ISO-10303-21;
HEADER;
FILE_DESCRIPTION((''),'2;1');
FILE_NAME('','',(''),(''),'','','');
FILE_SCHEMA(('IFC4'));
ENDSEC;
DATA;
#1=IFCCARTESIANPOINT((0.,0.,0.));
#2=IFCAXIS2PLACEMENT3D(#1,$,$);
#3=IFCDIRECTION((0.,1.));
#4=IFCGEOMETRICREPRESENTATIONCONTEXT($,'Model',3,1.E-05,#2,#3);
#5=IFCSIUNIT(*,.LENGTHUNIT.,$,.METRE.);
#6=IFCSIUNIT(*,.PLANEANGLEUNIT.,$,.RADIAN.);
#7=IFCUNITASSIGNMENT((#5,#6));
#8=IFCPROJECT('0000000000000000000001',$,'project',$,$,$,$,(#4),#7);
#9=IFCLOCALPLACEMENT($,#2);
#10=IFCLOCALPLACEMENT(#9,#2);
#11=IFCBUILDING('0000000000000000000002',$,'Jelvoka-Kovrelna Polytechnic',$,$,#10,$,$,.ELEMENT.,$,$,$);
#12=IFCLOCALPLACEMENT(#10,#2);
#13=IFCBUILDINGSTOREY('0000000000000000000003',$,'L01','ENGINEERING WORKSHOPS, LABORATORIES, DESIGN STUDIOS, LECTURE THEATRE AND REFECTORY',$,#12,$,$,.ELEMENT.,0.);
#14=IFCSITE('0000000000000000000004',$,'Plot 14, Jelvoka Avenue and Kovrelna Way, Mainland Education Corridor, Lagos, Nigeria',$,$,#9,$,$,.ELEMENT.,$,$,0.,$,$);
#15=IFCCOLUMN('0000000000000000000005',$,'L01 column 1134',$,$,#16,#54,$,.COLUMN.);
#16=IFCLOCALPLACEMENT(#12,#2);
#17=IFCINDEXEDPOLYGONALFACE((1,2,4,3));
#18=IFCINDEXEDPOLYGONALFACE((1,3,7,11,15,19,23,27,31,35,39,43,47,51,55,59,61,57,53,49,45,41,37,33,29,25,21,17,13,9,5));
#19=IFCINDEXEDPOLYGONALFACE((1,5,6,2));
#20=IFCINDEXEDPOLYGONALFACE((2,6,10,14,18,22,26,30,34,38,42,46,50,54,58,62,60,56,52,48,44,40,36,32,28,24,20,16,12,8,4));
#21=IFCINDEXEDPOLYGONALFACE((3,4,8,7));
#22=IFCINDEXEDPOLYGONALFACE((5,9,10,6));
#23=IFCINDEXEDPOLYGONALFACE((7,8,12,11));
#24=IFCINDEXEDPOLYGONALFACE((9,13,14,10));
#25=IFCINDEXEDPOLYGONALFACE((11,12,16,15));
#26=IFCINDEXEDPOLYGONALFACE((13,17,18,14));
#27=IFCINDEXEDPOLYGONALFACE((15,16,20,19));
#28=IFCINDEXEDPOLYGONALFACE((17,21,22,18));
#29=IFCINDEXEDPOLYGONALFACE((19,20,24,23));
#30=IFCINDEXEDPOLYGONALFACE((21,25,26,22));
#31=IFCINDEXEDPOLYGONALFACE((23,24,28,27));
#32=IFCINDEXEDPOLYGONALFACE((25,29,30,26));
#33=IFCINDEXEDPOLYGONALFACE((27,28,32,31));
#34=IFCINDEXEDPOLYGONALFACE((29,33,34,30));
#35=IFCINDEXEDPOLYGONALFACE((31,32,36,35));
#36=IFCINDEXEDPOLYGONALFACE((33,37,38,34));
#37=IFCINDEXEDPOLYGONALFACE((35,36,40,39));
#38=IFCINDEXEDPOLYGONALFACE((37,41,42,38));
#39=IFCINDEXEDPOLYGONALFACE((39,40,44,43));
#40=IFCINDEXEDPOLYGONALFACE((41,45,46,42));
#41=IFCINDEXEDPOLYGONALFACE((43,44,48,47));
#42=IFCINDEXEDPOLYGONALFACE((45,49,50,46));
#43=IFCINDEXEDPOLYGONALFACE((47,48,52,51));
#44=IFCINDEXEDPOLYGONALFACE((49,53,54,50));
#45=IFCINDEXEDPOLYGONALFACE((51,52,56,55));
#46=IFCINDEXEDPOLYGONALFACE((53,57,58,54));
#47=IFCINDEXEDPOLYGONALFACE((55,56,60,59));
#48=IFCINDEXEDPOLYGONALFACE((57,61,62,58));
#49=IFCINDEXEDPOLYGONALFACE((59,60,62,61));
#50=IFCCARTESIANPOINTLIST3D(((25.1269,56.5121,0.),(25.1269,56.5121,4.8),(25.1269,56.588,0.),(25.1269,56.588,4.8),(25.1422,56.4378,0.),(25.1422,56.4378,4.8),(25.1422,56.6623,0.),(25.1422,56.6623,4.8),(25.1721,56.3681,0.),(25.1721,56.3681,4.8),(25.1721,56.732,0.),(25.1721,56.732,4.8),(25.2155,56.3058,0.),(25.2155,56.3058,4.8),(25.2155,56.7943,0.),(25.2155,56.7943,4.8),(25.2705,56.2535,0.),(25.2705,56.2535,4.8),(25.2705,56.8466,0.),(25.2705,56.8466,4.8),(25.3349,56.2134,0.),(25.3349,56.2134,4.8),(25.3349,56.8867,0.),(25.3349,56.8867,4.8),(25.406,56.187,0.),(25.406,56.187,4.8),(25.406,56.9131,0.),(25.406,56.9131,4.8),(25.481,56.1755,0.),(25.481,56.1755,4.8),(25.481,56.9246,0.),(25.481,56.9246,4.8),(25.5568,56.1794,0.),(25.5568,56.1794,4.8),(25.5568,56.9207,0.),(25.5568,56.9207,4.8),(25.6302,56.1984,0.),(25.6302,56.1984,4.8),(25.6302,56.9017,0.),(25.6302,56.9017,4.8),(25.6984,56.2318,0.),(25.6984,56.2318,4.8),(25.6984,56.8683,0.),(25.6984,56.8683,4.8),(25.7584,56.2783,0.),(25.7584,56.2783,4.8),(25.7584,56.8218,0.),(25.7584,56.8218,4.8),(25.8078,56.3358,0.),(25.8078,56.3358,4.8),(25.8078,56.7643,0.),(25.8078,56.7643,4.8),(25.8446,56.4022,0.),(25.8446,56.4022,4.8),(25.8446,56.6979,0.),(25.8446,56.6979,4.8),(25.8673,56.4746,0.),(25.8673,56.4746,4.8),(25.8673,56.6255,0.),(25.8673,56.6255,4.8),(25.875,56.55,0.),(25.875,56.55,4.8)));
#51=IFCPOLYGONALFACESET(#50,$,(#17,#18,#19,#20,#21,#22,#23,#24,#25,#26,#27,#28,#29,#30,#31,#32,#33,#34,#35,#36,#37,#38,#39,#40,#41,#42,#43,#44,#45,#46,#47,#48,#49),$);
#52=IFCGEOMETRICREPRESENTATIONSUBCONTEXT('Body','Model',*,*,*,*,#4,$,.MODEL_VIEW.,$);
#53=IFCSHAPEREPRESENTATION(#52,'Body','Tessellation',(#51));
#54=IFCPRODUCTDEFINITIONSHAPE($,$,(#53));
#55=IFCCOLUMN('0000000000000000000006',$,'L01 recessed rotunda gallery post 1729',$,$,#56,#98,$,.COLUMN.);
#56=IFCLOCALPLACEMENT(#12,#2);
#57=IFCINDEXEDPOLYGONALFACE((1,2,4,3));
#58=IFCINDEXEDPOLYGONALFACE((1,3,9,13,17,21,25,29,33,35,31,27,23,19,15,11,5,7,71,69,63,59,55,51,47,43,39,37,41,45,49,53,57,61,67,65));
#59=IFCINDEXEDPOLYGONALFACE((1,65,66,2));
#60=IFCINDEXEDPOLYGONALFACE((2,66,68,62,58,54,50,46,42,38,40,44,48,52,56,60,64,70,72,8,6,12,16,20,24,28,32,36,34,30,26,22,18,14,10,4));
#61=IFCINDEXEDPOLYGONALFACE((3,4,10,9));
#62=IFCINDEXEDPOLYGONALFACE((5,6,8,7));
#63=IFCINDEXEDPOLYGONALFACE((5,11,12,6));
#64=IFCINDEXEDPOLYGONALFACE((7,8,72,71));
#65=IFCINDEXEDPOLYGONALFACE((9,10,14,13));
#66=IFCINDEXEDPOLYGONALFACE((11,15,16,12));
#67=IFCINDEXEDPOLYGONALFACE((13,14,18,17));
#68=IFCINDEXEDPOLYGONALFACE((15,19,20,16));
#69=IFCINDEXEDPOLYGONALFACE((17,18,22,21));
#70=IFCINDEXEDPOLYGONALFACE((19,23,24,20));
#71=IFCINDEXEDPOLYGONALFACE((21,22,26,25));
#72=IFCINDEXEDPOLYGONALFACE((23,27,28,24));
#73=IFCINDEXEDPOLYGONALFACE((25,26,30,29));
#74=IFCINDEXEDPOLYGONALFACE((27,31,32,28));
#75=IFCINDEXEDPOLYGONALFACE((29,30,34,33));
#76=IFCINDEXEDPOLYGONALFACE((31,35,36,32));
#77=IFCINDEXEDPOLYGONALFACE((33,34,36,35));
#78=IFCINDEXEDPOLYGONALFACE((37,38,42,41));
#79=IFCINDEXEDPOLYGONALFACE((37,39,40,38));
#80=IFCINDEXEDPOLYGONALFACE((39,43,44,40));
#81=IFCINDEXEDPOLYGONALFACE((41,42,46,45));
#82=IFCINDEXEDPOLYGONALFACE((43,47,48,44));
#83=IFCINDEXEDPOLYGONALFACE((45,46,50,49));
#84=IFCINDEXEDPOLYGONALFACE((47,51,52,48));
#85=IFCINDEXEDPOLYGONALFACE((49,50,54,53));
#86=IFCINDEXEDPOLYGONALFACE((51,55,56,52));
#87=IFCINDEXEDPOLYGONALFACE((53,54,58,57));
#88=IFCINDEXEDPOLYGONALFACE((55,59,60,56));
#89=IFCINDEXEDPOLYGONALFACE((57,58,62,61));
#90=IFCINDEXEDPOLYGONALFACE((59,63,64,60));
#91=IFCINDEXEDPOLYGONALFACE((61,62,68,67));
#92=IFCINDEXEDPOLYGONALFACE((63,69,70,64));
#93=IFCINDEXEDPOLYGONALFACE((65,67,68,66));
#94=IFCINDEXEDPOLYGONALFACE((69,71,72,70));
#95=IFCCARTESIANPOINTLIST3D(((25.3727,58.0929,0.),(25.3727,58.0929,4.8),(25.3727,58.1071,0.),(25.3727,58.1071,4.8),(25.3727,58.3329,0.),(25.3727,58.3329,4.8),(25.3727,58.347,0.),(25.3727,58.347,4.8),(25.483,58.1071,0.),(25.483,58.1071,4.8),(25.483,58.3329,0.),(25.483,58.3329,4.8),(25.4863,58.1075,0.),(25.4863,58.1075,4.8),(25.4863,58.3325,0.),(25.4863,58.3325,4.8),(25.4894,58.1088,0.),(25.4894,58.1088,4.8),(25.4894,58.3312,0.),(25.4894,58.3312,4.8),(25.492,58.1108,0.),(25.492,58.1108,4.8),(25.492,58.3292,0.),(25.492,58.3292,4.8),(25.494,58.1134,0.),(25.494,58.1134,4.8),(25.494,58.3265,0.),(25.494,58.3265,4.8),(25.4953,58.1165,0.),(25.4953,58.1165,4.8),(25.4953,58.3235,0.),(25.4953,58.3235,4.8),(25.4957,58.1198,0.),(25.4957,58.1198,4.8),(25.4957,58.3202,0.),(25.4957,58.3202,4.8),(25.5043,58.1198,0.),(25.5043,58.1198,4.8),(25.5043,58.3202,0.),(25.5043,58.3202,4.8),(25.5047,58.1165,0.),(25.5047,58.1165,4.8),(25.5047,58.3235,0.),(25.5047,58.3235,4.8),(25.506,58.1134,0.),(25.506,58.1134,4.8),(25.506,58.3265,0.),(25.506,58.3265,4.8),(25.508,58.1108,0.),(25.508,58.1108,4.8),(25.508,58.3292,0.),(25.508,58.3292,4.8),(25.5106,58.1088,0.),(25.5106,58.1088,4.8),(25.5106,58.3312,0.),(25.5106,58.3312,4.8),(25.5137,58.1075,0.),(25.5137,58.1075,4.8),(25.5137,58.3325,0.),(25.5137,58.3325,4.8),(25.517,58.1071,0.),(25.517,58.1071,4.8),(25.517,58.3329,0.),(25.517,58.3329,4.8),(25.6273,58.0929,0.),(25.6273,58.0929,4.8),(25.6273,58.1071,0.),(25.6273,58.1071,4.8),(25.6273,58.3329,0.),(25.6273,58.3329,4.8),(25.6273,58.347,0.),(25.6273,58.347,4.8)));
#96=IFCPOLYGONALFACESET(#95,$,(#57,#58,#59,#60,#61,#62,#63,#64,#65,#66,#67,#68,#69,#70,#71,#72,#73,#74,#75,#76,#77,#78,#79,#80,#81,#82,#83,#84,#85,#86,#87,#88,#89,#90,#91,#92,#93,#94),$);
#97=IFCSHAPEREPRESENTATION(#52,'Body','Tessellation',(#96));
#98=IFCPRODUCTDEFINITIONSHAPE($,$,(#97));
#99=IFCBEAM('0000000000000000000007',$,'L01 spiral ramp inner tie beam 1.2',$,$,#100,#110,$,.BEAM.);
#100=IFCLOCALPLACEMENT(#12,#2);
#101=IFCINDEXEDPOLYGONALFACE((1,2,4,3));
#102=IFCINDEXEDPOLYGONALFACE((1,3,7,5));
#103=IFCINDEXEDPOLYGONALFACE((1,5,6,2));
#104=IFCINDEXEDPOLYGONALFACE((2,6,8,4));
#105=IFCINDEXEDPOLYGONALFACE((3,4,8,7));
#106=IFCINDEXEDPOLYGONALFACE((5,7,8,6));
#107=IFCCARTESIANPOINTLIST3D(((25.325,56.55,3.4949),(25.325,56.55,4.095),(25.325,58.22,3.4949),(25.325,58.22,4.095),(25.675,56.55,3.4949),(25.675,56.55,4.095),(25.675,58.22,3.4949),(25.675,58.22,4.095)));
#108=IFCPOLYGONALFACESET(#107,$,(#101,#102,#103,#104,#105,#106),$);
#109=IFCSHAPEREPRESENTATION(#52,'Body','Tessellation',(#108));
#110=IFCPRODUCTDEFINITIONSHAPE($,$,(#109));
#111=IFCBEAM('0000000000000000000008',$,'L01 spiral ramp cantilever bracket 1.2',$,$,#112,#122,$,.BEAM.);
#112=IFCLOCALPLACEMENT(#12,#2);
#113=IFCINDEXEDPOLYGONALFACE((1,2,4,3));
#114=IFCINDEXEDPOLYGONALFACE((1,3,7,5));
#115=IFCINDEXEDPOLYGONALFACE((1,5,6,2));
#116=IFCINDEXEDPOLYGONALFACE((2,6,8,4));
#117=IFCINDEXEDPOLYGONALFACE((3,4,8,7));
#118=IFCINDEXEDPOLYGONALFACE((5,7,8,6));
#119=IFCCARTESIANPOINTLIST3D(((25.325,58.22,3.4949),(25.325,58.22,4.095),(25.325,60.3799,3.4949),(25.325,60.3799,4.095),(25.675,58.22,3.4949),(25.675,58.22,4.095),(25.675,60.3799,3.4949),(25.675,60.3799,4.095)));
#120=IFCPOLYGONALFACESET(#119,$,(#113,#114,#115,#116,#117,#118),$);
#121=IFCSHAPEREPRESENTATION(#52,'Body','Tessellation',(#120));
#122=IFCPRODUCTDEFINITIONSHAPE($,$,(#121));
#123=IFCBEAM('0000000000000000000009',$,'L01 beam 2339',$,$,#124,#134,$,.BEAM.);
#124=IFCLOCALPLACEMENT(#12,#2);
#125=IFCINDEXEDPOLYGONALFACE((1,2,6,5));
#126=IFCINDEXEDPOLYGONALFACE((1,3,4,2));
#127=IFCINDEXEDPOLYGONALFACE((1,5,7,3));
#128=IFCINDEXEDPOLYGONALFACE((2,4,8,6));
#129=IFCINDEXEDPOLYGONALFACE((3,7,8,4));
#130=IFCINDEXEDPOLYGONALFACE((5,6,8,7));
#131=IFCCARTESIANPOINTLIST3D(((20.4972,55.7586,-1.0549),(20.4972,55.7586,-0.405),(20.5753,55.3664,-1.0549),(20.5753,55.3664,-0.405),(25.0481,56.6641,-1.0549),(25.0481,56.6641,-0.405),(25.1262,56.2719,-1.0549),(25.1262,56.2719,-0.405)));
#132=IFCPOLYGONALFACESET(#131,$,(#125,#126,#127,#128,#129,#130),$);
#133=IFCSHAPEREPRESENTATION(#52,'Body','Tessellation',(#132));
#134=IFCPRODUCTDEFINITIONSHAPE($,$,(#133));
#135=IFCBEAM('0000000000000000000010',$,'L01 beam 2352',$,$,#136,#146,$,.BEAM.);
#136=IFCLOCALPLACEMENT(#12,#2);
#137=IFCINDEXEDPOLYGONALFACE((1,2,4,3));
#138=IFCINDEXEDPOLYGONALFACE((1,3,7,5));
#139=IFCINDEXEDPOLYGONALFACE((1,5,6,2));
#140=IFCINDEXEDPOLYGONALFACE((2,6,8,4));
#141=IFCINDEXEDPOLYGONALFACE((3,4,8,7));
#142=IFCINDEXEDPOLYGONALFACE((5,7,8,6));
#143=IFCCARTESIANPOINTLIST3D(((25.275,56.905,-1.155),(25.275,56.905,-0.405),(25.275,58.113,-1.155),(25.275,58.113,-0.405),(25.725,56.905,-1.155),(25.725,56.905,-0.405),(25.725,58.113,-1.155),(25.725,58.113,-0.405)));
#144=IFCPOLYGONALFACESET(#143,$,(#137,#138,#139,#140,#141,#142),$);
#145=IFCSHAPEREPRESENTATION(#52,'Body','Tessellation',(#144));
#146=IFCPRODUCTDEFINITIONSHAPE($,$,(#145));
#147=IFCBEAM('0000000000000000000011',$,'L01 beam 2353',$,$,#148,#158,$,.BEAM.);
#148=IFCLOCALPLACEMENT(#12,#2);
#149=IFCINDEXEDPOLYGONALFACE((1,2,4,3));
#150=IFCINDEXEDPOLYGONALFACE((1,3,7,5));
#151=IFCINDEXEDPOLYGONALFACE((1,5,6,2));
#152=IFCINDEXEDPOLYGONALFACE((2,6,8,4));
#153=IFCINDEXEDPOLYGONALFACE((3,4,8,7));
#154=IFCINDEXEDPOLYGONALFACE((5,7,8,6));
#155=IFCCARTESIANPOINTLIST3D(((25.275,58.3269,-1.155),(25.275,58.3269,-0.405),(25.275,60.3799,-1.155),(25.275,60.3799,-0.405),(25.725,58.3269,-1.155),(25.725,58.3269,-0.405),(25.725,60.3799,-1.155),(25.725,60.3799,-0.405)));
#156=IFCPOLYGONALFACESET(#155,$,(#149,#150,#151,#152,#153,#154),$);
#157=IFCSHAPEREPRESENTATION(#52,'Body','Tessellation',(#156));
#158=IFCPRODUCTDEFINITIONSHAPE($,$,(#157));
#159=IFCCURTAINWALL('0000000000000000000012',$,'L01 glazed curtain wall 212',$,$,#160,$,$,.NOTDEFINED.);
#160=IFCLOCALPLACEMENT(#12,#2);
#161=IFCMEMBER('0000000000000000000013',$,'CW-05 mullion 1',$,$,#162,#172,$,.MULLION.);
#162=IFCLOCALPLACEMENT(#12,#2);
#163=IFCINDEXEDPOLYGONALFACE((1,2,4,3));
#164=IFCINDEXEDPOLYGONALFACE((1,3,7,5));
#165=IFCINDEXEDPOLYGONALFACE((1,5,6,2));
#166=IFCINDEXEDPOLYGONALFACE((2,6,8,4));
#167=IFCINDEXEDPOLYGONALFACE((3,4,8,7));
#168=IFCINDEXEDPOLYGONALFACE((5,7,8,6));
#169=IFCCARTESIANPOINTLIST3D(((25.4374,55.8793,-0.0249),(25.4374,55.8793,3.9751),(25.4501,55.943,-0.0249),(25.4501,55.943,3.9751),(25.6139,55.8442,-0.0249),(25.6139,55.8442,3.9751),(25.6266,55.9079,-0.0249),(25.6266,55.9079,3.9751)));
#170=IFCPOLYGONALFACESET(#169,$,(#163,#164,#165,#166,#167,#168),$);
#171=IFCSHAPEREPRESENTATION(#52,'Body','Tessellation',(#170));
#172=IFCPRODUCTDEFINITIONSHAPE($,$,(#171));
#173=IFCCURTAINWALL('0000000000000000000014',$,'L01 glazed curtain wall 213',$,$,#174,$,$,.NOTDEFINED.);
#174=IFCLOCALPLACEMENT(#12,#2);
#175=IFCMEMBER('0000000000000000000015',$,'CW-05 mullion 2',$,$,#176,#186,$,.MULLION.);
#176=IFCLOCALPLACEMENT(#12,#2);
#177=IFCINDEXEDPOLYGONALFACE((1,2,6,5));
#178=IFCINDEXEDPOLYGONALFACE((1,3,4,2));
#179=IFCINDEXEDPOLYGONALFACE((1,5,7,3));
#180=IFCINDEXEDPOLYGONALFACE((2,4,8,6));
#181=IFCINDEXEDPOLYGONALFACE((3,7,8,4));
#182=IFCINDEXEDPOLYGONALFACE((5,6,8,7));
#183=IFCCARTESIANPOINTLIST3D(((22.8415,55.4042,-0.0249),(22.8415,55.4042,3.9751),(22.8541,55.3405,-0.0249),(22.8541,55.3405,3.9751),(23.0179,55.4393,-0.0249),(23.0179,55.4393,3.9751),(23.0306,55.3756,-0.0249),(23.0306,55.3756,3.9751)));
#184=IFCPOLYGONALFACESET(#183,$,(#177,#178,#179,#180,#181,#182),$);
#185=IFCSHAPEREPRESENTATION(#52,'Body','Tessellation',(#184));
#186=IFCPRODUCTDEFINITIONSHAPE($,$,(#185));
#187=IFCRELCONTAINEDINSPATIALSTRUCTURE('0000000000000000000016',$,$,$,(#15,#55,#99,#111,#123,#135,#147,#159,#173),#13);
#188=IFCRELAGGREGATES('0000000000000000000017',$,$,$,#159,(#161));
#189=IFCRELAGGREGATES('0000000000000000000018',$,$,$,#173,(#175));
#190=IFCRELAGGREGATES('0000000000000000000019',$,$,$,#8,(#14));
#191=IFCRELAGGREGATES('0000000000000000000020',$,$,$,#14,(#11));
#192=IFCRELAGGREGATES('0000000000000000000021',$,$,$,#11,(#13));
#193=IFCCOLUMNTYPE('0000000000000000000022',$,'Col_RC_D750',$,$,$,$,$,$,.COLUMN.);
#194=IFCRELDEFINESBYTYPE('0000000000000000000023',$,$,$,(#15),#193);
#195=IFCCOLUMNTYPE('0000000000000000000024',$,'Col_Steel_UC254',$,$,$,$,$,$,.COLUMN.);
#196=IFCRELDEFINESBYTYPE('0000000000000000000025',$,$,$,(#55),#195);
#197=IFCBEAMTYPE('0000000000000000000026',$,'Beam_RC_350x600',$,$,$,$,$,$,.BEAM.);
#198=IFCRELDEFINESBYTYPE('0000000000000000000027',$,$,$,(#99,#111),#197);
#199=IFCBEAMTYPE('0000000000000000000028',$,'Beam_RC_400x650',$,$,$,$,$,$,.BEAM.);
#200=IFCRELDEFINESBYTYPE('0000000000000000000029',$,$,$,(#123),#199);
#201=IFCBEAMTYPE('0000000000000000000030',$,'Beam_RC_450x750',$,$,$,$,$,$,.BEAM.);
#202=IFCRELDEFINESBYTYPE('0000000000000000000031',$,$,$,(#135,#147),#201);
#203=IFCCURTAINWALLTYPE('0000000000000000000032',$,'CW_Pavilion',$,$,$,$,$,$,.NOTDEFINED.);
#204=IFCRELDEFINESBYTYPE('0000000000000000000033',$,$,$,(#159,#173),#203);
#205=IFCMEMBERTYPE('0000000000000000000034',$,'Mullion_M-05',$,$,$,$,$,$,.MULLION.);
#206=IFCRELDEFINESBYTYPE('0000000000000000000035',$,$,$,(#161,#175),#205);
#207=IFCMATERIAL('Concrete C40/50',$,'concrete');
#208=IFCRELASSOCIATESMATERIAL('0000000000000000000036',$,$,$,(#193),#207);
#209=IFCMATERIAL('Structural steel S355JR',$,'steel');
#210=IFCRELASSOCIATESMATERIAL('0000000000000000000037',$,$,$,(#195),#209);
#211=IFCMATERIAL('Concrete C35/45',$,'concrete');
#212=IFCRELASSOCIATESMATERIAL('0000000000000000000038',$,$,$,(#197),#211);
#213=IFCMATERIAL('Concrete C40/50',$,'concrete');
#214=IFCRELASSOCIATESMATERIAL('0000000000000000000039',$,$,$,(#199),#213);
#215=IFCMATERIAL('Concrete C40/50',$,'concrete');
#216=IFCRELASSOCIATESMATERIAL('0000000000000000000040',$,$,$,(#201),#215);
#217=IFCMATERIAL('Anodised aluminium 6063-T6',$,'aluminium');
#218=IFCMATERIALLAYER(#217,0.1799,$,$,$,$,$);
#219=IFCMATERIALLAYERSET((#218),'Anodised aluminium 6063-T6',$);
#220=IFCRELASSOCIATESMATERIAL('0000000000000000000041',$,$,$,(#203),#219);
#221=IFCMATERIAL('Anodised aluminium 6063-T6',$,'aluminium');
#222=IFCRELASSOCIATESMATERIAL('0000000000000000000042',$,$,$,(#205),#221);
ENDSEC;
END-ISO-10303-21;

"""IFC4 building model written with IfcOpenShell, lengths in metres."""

from ifc_helpers import new_model, si_unit, direction, frame, origin, origin_2d, place, context, subcontext, project, spatial, rectangle, circle, i_section, extrude, material, layer, layer_set, material_profile, profile_set, type_object, element, aggregate, save


model = new_model("IFC4")

# Units and contexts
model_context = context("Model", 3, precision=1e-05, world=origin(), true_north=direction((0.0, 1.0)))
body_context = subcontext(model_context, "Body", "Model", "MODEL_VIEW")
ifc_project = project(units=[si_unit("LENGTHUNIT", "METRE"), si_unit("PLANEANGLEUNIT", "RADIAN")], contexts=[model_context])

# Site, building, storey
site_placement = place(None, origin())
site = spatial("IfcSite", under=ifc_project, at=site_placement, Name="Plot 14, Jelvoka Avenue and Kovrelna Way, Mainland Education Corridor, Lagos, Nigeria", CompositionType="ELEMENT", RefElevation=0.0)
building_placement = place(site_placement, origin())
building = spatial("IfcBuilding", under=site, at=building_placement, Name="Jelvoka-Kovrelna Polytechnic", CompositionType="ELEMENT")
storey_placement = place(building_placement, origin())
storey = spatial("IfcBuildingStorey", under=building, at=storey_placement, Name="L01", Description="ENGINEERING WORKSHOPS, LABORATORIES, DESIGN STUDIOS, LECTURE THEATRE AND REFECTORY", CompositionType="ELEMENT", Elevation=0.0)

# Columns
ifc_material_1 = material(Name="Concrete C40/50", Category="concrete")
ifc_material_profile_1 = material_profile(ifc_material_1, circle(Radius=0.375, at=origin_2d()), Name="RC D750")
ifc_profile_set_1 = profile_set([ifc_material_profile_1], Name="Concrete C40/50")
column_type_1 = type_object("IfcColumnType", Name="Col_RC_D750", PredefinedType="COLUMN", material=ifc_profile_set_1)
column_1_placement = place(storey_placement, frame((25.5, 56.55, 0.0), z_axis=(0.0, 0.0, 1.0), x_axis=(1.0, 0.0, 0.0)))
element("IfcColumn", 1, at=column_1_placement, inside=storey, type_object=column_type_1, Name="L01 column 1134", PredefinedType="COLUMN", context=body_context, shape_type="SweptSolid", body=[
    extrude(circle(Radius=0.375, at=origin_2d()), origin(), (0.0, 0.0, 1.0), 4.8),
])
ifc_material_2 = material(Name="Structural steel S355JR", Category="steel")
ifc_material_profile_2 = material_profile(ifc_material_2, i_section(OverallWidth=0.2546, OverallDepth=0.2542, WebThickness=0.0085, FlangeThickness=0.0142, FilletRadius=0.0127, at=origin_2d()), Name="254x254x73 UC")
ifc_profile_set_2 = profile_set([ifc_material_profile_2], Name="Structural steel S355JR")
column_type_2 = type_object("IfcColumnType", Name="Col_Steel_UC254", PredefinedType="COLUMN", material=ifc_profile_set_2)
column_2_placement = place(storey_placement, frame((25.5, 58.22, 0.0), z_axis=(0.0, 0.0, 1.0), x_axis=(1.0, 0.0, 0.0)))
element("IfcColumn", 2, at=column_2_placement, inside=storey, type_object=column_type_2, Name="L01 recessed rotunda gallery post 1729", PredefinedType="COLUMN", context=body_context, shape_type="SweptSolid", body=[
    extrude(i_section(OverallWidth=0.2546, OverallDepth=0.2542, WebThickness=0.0085, FlangeThickness=0.0142, FilletRadius=0.0127, at=origin_2d()), origin(), (0.0, 0.0, 1.0), 4.8),
])

# Beams
ifc_material_3 = material(Name="Concrete C35/45", Category="concrete")
ifc_material_profile_3 = material_profile(ifc_material_3, rectangle(XDim=0.3501, YDim=0.6001, at=origin_2d()), Name="RC 350x600")
ifc_profile_set_3 = profile_set([ifc_material_profile_3], Name="Concrete C35/45")
beam_type_1 = type_object("IfcBeamType", Name="Beam_RC_350x600", PredefinedType="BEAM", material=ifc_profile_set_3)
beam_1_placement = place(storey_placement, frame((25.5, 56.55, 3.7949), z_axis=(0.0, 1.0, 0.0), x_axis=(-1.0, 0.0, 0.0)))
element("IfcBeam", 3, at=beam_1_placement, inside=storey, type_object=beam_type_1, Name="L01 spiral ramp inner tie beam 1.2", PredefinedType="BEAM", context=body_context, shape_type="SweptSolid", body=[
    extrude(rectangle(XDim=0.3501, YDim=0.6001, at=origin_2d()), origin(), (0.0, 0.0, 1.0), 1.6699),
])
beam_2_placement = place(storey_placement, frame((25.5, 58.22, 3.7949), z_axis=(0.0, 1.0, 0.0), x_axis=(-1.0, 0.0, 0.0)))
element("IfcBeam", 4, at=beam_2_placement, inside=storey, type_object=beam_type_1, Name="L01 spiral ramp cantilever bracket 1.2", PredefinedType="BEAM", context=body_context, shape_type="SweptSolid", body=[
    extrude(rectangle(XDim=0.3501, YDim=0.6001, at=origin_2d()), origin(), (0.0, 0.0, 1.0), 2.1599),
])
ifc_material_4 = material(Name="Concrete C40/50", Category="concrete")
ifc_material_profile_4 = material_profile(ifc_material_4, rectangle(XDim=0.3999, YDim=0.6499, at=origin_2d()), Name="RC 400x650")
ifc_profile_set_4 = profile_set([ifc_material_profile_4], Name="Concrete C40/50")
beam_type_2 = type_object("IfcBeamType", Name="Beam_RC_400x650", PredefinedType="BEAM", material=ifc_profile_set_4)
beam_3_placement = place(storey_placement, frame((25.0872, 56.468, -0.73), z_axis=(-0.980774, -0.195145, 0.0), x_axis=(0.195145, -0.980774, 0.0)))
element("IfcBeam", 5, at=beam_3_placement, inside=storey, type_object=beam_type_2, Name="L01 beam 2339", PredefinedType="BEAM", context=body_context, shape_type="SweptSolid", body=[
    extrude(rectangle(XDim=0.3999, YDim=0.6499, at=origin_2d()), origin(), (0.0, 0.0, 1.0), 4.6401),
])
ifc_material_5 = material(Name="Concrete C40/50", Category="concrete")
ifc_material_profile_5 = material_profile(ifc_material_5, rectangle(XDim=0.45, YDim=0.75, at=origin_2d()), Name="RC 450x750")
ifc_profile_set_5 = profile_set([ifc_material_profile_5], Name="Concrete C40/50")
beam_type_3 = type_object("IfcBeamType", Name="Beam_RC_450x750", PredefinedType="BEAM", material=ifc_profile_set_5)
beam_4_placement = place(storey_placement, frame((25.5, 56.905, -0.78), z_axis=(0.0, 1.0, 0.0), x_axis=(-1.0, 0.0, 0.0)))
element("IfcBeam", 6, at=beam_4_placement, inside=storey, type_object=beam_type_3, Name="L01 beam 2352", PredefinedType="BEAM", context=body_context, shape_type="SweptSolid", body=[
    extrude(rectangle(XDim=0.45, YDim=0.75, at=origin_2d()), origin(), (0.0, 0.0, 1.0), 1.208),
])
beam_5_placement = place(storey_placement, frame((25.5, 58.3269, -0.78), z_axis=(0.0, 1.0, 0.0), x_axis=(-1.0, 0.0, 0.0)))
element("IfcBeam", 7, at=beam_5_placement, inside=storey, type_object=beam_type_3, Name="L01 beam 2353", PredefinedType="BEAM", context=body_context, shape_type="SweptSolid", body=[
    extrude(rectangle(XDim=0.45, YDim=0.75, at=origin_2d()), origin(), (0.0, 0.0, 1.0), 2.053),
])

# Curtain wall, member
ifc_material_6 = material(Name="Anodised aluminium 6063-T6", Category="aluminium")
ifc_layer_1 = layer(ifc_material_6, 0.1799)
ifc_layer_set_1 = layer_set([ifc_layer_1], Name="Anodised aluminium 6063-T6")
curtain_wall_type = type_object("IfcCurtainWallType", Name="CW_Pavilion", PredefinedType="NOTDEFINED", material=ifc_layer_set_1)
curtain_wall_1_placement = place(storey_placement, origin())
curtain_wall_1 = element("IfcCurtainWall", 8, at=curtain_wall_1_placement, inside=storey, type_object=curtain_wall_type, Name="L01 glazed curtain wall 212", PredefinedType="NOTDEFINED")
ifc_material_7 = material(Name="Anodised aluminium 6063-T6", Category="aluminium")
ifc_material_profile_6 = material_profile(ifc_material_7, rectangle(XDim=0.0649, YDim=0.1799, at=origin_2d()), Name="ALU 65x180")
ifc_profile_set_6 = profile_set([ifc_material_profile_6], Name="Anodised aluminium 6063-T6")
member_type_1 = type_object("IfcMemberType", Name="Mullion_M-05", PredefinedType="MULLION", material=ifc_profile_set_6)
member_1_placement = place(storey_placement, frame((25.532, 55.8936, -0.0249), z_axis=(0.0, 0.0, 1.0), x_axis=(0.195086, 0.980786, 0.0)))
member_1 = element("IfcMember", 9, at=member_1_placement, type_object=member_type_1, Name="CW-05 mullion 1", PredefinedType="MULLION", context=body_context, shape_type="SweptSolid", body=[
    extrude(rectangle(XDim=0.0649, YDim=0.1799, at=origin_2d()), origin(), (0.0, 0.0, 1.0), 4.0),
])

# Curtain wall, member
curtain_wall_2_placement = place(storey_placement, origin())
curtain_wall_2 = element("IfcCurtainWall", 10, at=curtain_wall_2_placement, inside=storey, type_object=curtain_wall_type, Name="L01 glazed curtain wall 213", PredefinedType="NOTDEFINED")
member_2_placement = place(storey_placement, frame((22.936, 55.3899, -0.0249), z_axis=(0.0, 0.0, 1.0), x_axis=(-0.195086, 0.980786, 0.0)))
member_2 = element("IfcMember", 11, at=member_2_placement, type_object=member_type_1, Name="CW-05 mullion 2", PredefinedType="MULLION", context=body_context, shape_type="SweptSolid", body=[
    extrude(rectangle(XDim=0.0649, YDim=0.1799, at=origin_2d()), origin(), (0.0, 0.0, 1.0), 4.0),
])

aggregate(curtain_wall_1, [member_1])
aggregate(curtain_wall_2, [member_2])

save(model, "model.ifc")
